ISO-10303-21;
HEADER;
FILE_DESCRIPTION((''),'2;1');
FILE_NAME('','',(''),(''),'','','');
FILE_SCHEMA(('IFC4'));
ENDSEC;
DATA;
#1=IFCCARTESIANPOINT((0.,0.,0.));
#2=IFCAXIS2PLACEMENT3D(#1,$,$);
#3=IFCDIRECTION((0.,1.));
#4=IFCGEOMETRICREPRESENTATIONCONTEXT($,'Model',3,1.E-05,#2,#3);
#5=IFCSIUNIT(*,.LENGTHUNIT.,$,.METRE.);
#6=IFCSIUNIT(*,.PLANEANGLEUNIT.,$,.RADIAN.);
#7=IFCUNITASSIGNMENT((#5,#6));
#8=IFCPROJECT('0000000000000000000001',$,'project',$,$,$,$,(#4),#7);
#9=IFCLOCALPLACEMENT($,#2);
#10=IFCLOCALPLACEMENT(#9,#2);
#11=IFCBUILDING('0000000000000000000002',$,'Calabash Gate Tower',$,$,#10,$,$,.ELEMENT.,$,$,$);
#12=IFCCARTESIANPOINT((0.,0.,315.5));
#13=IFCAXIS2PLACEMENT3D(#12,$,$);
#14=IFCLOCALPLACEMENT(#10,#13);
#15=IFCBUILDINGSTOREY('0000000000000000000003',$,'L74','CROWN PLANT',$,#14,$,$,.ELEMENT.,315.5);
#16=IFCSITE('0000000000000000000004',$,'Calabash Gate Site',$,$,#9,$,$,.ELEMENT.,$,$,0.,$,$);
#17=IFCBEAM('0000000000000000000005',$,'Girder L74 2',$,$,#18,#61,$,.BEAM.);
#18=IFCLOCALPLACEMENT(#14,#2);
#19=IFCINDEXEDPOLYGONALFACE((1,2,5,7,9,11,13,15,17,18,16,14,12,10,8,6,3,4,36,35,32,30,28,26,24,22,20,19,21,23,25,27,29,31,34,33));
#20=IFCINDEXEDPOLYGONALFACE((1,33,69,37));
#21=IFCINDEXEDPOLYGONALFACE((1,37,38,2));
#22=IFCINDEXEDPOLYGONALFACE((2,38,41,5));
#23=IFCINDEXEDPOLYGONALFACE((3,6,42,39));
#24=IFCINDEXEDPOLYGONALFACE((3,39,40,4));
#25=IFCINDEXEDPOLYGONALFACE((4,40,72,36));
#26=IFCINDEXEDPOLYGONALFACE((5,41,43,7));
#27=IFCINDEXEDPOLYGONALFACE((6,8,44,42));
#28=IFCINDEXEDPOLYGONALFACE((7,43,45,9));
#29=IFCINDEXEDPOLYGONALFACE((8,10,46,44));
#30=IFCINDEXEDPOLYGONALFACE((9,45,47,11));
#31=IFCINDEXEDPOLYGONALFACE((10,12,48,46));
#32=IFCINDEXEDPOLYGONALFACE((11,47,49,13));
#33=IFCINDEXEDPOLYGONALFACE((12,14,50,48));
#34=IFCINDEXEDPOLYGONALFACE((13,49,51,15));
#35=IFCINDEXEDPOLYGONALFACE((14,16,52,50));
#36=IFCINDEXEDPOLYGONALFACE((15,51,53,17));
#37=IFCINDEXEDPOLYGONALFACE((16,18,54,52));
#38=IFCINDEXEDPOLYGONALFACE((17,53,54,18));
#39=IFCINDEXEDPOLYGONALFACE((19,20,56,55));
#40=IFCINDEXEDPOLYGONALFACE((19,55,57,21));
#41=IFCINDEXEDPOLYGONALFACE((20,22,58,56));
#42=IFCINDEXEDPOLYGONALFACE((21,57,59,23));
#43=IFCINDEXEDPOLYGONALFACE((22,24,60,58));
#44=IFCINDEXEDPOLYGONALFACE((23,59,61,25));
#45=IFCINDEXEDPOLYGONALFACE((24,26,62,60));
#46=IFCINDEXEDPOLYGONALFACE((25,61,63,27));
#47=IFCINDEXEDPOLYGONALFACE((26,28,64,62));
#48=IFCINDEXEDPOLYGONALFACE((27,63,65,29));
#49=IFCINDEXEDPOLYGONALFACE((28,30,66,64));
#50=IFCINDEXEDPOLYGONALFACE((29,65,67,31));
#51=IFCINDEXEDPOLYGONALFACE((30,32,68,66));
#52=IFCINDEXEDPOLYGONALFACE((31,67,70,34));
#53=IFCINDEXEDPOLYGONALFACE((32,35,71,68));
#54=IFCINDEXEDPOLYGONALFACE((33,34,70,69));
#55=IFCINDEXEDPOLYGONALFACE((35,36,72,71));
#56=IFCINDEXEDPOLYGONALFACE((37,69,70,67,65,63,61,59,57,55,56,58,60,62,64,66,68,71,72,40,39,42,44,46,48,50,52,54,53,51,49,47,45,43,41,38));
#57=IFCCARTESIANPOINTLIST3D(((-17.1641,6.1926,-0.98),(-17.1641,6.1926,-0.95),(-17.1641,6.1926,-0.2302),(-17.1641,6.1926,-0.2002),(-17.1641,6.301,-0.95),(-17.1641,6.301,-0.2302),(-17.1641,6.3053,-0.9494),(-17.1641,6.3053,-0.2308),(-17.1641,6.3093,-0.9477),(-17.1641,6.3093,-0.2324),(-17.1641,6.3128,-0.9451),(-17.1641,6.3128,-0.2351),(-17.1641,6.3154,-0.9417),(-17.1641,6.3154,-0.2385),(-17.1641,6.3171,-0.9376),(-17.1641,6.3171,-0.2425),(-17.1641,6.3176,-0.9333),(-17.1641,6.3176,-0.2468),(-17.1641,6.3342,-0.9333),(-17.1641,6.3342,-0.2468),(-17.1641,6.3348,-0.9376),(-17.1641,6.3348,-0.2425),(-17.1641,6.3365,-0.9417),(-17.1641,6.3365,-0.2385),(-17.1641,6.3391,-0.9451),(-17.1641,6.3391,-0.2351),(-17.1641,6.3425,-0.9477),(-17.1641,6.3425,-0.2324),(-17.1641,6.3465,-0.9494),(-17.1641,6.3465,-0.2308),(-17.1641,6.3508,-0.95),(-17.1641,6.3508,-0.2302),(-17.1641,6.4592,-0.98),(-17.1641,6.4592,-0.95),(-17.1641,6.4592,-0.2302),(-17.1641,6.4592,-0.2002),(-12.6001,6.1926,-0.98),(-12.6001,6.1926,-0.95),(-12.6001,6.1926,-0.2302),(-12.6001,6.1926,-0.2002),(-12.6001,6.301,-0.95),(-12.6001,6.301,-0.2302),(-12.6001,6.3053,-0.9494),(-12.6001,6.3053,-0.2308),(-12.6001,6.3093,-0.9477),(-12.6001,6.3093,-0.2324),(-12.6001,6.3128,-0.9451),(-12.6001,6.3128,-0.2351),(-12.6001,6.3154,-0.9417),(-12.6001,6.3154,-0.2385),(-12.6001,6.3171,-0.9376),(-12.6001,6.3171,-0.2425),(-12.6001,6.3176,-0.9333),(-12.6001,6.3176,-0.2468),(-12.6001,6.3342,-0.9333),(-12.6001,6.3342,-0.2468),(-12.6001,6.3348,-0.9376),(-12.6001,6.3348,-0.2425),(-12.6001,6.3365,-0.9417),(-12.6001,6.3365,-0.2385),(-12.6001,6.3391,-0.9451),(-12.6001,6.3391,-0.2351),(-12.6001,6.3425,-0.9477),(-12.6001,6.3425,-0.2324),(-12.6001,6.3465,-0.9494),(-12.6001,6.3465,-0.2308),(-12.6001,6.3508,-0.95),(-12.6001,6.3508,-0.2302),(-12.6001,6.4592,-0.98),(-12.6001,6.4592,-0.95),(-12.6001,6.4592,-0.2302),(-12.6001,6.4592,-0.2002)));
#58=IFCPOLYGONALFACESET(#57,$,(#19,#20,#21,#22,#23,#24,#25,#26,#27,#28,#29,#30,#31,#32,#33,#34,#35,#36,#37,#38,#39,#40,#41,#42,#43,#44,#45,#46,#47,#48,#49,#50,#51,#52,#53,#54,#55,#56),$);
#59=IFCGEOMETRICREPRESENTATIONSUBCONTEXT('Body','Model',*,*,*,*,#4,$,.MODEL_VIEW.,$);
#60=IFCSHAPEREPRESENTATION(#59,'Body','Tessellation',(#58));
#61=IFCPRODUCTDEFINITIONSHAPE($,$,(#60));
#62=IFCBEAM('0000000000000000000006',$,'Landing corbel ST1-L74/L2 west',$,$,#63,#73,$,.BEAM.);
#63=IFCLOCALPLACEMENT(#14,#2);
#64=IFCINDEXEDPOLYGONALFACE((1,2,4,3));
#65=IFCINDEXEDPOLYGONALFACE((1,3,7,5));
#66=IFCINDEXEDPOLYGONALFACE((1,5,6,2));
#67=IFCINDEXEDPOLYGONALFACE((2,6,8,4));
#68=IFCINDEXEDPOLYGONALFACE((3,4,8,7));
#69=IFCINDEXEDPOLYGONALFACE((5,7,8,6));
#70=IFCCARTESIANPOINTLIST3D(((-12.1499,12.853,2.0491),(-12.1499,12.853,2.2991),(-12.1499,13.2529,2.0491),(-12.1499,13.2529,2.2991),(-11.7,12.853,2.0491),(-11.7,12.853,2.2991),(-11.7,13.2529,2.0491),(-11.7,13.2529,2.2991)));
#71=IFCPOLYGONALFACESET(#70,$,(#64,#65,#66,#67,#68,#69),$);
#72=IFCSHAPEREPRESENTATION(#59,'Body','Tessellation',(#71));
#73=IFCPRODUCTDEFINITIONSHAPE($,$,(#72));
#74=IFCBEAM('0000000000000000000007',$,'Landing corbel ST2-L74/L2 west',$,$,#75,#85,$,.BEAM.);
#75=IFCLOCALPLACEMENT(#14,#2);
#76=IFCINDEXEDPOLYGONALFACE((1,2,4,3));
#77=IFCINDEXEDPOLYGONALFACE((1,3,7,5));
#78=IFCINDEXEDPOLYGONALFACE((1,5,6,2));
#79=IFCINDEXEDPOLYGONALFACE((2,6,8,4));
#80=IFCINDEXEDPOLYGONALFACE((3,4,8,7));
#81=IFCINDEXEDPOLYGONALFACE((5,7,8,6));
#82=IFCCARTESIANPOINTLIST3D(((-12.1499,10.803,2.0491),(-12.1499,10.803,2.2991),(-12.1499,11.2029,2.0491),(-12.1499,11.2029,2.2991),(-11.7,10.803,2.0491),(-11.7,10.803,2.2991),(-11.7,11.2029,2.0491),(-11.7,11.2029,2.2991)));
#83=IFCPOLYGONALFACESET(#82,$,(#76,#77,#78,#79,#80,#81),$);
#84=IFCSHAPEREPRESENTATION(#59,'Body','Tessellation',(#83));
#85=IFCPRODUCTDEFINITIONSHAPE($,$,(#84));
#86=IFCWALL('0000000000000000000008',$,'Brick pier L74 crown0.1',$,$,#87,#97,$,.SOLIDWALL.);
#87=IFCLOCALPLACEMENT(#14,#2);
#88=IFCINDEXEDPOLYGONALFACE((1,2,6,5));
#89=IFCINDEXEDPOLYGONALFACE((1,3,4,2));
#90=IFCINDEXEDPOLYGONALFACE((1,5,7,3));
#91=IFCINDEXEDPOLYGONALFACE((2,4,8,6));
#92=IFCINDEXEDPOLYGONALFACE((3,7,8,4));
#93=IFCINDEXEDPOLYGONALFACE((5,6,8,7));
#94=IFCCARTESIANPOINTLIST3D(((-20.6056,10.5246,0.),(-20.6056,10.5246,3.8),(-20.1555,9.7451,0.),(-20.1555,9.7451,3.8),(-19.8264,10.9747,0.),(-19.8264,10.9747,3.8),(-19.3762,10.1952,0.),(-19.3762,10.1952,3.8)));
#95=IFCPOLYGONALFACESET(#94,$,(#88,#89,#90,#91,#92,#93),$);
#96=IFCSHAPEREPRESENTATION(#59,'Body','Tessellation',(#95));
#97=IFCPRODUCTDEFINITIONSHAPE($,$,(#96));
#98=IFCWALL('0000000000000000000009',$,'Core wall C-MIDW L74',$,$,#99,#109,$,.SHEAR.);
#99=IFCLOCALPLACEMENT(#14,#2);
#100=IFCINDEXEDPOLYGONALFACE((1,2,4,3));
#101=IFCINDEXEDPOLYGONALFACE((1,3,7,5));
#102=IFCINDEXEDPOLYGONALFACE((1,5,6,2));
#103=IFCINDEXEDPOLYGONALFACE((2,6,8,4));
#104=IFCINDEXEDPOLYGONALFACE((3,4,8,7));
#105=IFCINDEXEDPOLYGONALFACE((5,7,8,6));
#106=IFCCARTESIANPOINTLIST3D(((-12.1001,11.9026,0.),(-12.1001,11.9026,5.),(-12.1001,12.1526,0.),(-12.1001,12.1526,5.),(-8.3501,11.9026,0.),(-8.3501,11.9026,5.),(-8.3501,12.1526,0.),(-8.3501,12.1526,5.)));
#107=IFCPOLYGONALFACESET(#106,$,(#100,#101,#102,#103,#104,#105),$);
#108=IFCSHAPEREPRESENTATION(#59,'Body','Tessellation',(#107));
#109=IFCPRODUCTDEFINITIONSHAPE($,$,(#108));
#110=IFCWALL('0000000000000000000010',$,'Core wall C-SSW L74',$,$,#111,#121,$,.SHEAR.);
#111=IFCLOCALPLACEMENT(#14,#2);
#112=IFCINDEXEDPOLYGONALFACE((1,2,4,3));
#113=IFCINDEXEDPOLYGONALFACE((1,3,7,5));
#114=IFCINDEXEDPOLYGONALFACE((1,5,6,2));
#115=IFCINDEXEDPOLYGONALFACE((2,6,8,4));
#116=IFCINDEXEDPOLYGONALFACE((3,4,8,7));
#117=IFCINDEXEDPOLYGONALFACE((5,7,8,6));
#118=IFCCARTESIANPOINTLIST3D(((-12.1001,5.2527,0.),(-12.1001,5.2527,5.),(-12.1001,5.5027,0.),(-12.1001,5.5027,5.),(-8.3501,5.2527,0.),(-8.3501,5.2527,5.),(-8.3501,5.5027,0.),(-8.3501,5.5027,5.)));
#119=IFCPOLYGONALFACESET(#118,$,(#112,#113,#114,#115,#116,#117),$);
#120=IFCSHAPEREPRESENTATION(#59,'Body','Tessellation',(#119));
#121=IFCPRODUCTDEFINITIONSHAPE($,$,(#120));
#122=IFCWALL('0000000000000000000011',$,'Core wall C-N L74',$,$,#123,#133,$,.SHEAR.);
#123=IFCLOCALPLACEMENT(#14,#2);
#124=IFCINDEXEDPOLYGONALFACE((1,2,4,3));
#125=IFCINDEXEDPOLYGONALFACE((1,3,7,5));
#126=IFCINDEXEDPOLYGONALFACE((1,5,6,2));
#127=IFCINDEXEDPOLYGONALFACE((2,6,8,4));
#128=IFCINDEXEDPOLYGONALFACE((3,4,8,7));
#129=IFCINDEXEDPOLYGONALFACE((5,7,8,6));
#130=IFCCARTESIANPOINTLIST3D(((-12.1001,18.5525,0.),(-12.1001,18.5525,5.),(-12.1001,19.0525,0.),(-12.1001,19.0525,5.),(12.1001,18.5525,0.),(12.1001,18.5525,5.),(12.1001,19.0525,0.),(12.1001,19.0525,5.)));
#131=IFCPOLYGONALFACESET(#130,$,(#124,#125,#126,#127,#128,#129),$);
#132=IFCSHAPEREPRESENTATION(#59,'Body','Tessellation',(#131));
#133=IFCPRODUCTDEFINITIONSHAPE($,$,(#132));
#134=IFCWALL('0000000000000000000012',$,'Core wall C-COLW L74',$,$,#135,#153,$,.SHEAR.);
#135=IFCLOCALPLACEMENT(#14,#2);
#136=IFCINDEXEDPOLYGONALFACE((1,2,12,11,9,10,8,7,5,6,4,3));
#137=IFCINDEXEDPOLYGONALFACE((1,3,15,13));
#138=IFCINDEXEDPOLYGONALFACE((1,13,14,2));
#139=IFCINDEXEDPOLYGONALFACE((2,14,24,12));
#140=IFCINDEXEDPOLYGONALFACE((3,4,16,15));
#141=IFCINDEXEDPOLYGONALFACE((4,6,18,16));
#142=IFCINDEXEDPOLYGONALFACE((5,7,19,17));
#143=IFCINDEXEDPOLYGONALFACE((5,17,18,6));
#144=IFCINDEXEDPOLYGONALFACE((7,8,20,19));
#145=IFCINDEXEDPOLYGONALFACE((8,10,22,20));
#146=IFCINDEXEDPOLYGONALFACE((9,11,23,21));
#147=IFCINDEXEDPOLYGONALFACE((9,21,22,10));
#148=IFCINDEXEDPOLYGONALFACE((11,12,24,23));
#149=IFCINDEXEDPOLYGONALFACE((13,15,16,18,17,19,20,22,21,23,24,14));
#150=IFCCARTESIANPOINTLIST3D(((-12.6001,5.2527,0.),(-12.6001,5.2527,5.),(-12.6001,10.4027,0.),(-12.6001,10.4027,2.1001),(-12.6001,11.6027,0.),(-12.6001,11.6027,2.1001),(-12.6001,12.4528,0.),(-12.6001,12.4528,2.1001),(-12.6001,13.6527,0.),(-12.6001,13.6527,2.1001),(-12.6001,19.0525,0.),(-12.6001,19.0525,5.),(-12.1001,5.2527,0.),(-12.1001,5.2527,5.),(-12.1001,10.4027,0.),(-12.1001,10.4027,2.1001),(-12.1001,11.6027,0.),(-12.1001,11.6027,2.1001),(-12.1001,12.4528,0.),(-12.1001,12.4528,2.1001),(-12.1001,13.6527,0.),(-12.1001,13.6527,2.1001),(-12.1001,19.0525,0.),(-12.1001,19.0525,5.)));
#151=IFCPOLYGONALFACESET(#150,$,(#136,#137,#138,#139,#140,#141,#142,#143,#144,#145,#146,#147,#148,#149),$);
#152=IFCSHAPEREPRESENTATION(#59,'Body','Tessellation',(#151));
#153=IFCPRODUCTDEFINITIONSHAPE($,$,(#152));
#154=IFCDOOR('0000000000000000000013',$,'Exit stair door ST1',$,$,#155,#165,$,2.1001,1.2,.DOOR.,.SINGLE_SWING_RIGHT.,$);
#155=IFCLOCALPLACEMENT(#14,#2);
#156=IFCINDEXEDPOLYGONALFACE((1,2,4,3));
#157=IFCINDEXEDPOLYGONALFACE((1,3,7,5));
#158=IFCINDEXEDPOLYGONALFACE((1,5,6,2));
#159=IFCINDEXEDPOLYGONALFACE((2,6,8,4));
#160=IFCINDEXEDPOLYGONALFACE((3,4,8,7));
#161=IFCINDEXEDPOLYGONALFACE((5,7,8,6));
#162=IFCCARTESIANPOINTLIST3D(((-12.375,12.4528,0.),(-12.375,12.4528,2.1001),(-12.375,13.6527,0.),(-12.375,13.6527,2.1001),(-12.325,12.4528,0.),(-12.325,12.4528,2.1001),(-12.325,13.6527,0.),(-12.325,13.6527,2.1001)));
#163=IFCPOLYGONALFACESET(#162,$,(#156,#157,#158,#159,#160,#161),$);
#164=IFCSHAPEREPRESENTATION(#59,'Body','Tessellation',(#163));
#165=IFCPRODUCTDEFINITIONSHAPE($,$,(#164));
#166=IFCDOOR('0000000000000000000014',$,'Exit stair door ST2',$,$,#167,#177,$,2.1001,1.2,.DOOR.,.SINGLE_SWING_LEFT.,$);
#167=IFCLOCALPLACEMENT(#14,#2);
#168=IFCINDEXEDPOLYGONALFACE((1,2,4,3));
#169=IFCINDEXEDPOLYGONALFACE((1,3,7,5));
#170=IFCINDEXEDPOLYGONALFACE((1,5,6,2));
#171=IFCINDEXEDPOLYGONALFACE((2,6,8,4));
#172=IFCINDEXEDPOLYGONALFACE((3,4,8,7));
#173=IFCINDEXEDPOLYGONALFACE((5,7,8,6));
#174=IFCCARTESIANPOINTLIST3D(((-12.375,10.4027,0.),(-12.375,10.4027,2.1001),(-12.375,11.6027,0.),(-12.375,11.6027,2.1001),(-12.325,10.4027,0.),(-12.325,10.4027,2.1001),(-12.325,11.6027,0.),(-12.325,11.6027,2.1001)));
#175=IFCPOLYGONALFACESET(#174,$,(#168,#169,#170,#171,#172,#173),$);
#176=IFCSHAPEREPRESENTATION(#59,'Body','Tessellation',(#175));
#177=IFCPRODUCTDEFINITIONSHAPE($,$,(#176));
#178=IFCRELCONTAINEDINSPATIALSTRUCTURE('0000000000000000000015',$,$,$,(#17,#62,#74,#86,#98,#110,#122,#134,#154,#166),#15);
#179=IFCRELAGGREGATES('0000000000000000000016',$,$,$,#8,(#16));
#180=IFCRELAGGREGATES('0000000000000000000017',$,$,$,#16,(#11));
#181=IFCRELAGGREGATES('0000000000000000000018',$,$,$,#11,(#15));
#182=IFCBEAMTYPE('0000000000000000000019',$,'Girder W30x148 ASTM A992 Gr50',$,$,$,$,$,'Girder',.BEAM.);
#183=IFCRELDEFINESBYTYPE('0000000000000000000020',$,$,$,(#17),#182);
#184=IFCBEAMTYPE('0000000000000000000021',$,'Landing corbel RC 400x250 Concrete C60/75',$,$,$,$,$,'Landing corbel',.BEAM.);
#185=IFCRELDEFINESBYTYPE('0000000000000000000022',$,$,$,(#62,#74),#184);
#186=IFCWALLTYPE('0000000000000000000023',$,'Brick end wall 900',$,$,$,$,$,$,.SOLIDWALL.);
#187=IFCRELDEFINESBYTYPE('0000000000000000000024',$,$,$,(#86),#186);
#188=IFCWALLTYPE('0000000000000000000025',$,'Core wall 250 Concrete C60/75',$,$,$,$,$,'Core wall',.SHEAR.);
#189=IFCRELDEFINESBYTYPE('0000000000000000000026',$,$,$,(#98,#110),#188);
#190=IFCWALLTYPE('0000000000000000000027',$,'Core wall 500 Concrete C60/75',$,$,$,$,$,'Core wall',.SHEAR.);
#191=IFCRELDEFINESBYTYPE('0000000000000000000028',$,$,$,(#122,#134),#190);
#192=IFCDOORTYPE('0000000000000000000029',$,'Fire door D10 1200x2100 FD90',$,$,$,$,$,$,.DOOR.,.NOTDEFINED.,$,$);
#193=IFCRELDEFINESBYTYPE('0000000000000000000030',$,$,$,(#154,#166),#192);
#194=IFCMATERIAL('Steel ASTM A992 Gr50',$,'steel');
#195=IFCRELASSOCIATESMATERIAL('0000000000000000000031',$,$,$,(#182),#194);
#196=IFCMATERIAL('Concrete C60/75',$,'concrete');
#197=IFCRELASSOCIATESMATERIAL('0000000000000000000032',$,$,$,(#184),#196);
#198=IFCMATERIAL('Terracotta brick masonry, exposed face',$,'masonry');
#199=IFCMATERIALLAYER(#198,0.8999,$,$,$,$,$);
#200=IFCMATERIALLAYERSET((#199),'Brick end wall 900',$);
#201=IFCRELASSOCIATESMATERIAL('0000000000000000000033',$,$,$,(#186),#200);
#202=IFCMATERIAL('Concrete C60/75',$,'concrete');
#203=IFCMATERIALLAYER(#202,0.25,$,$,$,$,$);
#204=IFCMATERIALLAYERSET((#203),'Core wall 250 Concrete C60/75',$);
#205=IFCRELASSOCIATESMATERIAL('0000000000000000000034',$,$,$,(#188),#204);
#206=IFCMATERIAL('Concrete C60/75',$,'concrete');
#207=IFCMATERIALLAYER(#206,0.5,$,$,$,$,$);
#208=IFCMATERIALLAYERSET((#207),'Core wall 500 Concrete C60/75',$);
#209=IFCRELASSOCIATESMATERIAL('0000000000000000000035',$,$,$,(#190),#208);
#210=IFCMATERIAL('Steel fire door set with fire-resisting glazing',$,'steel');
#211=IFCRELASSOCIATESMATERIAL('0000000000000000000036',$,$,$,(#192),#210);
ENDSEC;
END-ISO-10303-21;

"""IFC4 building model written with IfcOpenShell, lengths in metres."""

from ifc_helpers import new_model, si_unit, direction, frame, frame_2d, origin, origin_2d, place, context, subcontext, project, spatial, rectangle, i_section, extrude, material, layer, layer_set, material_profile, profile_set, type_object, element, fill, save


model = new_model("IFC4")

# Units and contexts
model_context = context("Model", 3, precision=1e-05, world=origin(), true_north=direction((0.0, 1.0)))
body_context = subcontext(model_context, "Body", "Model", "MODEL_VIEW")
ifc_project = project(units=[si_unit("LENGTHUNIT", "METRE"), si_unit("PLANEANGLEUNIT", "RADIAN")], contexts=[model_context])

# Site, building, storey
site_placement = place(None, origin())
site = spatial("IfcSite", under=ifc_project, at=site_placement, Name="Calabash Gate Site", CompositionType="ELEMENT", RefElevation=0.0)
building_placement = place(site_placement, origin())
building = spatial("IfcBuilding", under=site, at=building_placement, Name="Calabash Gate Tower", CompositionType="ELEMENT")
storey_placement = place(building_placement, frame((0.0, 0.0, 315.5)))
storey = spatial("IfcBuildingStorey", under=building, at=storey_placement, Name="L74", Description="CROWN PLANT", CompositionType="ELEMENT", Elevation=315.5)

# Beams
ifc_material_1 = material(Name="Steel ASTM A992 Gr50", Category="steel")
ifc_material_profile_1 = material_profile(ifc_material_1, i_section(OverallWidth=0.2666, OverallDepth=0.7798, WebThickness=0.0166, FlangeThickness=0.03, FilletRadius=0.0166, at=origin_2d()))
ifc_profile_set_1 = profile_set([ifc_material_profile_1], Name="Steel ASTM A992 Gr50")
beam_type_1 = type_object("IfcBeamType", Name="Girder W30x148 ASTM A992 Gr50", ElementType="Girder", PredefinedType="BEAM", material=ifc_profile_set_1)
beam_1_placement = place(storey_placement, frame((-17.1641, 6.3259, -0.5901), z_axis=(1.0, 0.0, 0.0), x_axis=(0.0, 1.0, 0.0)))
element("IfcBeam", 1, at=beam_1_placement, inside=storey, type_object=beam_type_1, Name="Girder L74 2", PredefinedType="BEAM", context=body_context, shape_type="SweptSolid", body=[
    extrude(i_section(OverallWidth=0.2666, OverallDepth=0.7798, WebThickness=0.0166, FlangeThickness=0.03, FilletRadius=0.0166, at=origin_2d()), origin(), (0.0, 0.0, 1.0), 4.564),
])
ifc_material_2 = material(Name="Concrete C60/75", Category="concrete")
ifc_material_profile_2 = material_profile(ifc_material_2, rectangle(XDim=0.3999, YDim=0.25, at=origin_2d()))
ifc_profile_set_2 = profile_set([ifc_material_profile_2], Name="Concrete C60/75")
beam_type_2 = type_object("IfcBeamType", Name="Landing corbel RC 400x250 Concrete C60/75", ElementType="Landing corbel", PredefinedType="BEAM", material=ifc_profile_set_2)
for number, where, z_axis, x_axis, name in (
    (2, (-12.1499, 13.053, 2.1741), (1.0, 0.0, 0.0), (0.0, 1.0, 0.0), "Landing corbel ST1-L74/L2 west"),
    (3, (-12.1499, 11.0029, 2.1741), (1.0, 0.0, 0.0), (0.0, 1.0, 0.0), "Landing corbel ST2-L74/L2 west"),
):
    element("IfcBeam", number, at=place(storey_placement, frame(where, z_axis=z_axis, x_axis=x_axis)), inside=storey, type_object=beam_type_2, Name=name, PredefinedType="BEAM", context=body_context, shape_type="SweptSolid", body=[
        extrude(rectangle(XDim=0.3999, YDim=0.25, at=origin_2d()), origin(), (0.0, 0.0, 1.0), 0.45),
    ])

# Walls
ifc_material_3 = material(Name="Terracotta brick masonry, exposed face", Category="masonry")
ifc_layer_1 = layer(ifc_material_3, 0.8999)
ifc_layer_set_1 = layer_set([ifc_layer_1], Name="Brick end wall 900")
wall_type_1 = type_object("IfcWallType", Name="Brick end wall 900", PredefinedType="SOLIDWALL", material=ifc_layer_set_1)
wall_1_placement = place(storey_placement, frame((-20.2161, 10.7498, 0.0), z_axis=(0.0, 0.0, 1.0), x_axis=(0.500106, -0.865964, 0.0)))
element("IfcWall", 4, at=wall_1_placement, inside=storey, type_object=wall_type_1, Name="Brick pier L74 crown0.1", PredefinedType="SOLIDWALL", context=body_context, shape_type="SweptSolid", body=[
    extrude(rectangle(XDim=0.9001, YDim=0.8999, at=frame_2d((0.4502, 0.0))), origin(), (0.0, 0.0, 1.0), 3.8),
])
ifc_material_4 = material(Name="Concrete C60/75", Category="concrete")
ifc_layer_2 = layer(ifc_material_4, 0.25)
ifc_layer_set_2 = layer_set([ifc_layer_2], Name="Core wall 250 Concrete C60/75")
wall_type_2 = type_object("IfcWallType", Name="Core wall 250 Concrete C60/75", ElementType="Core wall", PredefinedType="SHEAR", material=ifc_layer_set_2)
for number, where, z_axis, x_axis, name in (
    (5, (-12.1001, 12.0276, 0.0), (0.0, 0.0, 1.0), (1.0, 0.0, 0.0), "Core wall C-MIDW L74"),
    (6, (-12.1001, 5.3777, 0.0), (0.0, 0.0, 1.0), (1.0, 0.0, 0.0), "Core wall C-SSW L74"),
):
    element("IfcWall", number, at=place(storey_placement, frame(where, z_axis=z_axis, x_axis=x_axis)), inside=storey, type_object=wall_type_2, Name=name, PredefinedType="SHEAR", context=body_context, shape_type="SweptSolid", body=[
        extrude(rectangle(XDim=3.75, YDim=0.25, at=frame_2d((1.875, 0.0))), origin(), (0.0, 0.0, 1.0), 5.0),
    ])
ifc_material_5 = material(Name="Concrete C60/75", Category="concrete")
ifc_layer_3 = layer(ifc_material_5, 0.5)
ifc_layer_set_3 = layer_set([ifc_layer_3], Name="Core wall 500 Concrete C60/75")
wall_type_3 = type_object("IfcWallType", Name="Core wall 500 Concrete C60/75", ElementType="Core wall", PredefinedType="SHEAR", material=ifc_layer_set_3)
wall_2_placement = place(storey_placement, frame((-12.1001, 18.8025, 0.0), z_axis=(0.0, 0.0, 1.0), x_axis=(1.0, 0.0, 0.0)))
element("IfcWall", 7, at=wall_2_placement, inside=storey, type_object=wall_type_3, Name="Core wall C-N L74", PredefinedType="SHEAR", context=body_context, shape_type="SweptSolid", body=[
    extrude(rectangle(XDim=24.2002, YDim=0.5, at=frame_2d((12.1001, 0.0))), origin(), (0.0, 0.0, 1.0), 5.0),
])

# Wall, openings, doors
wall_3_placement = place(storey_placement, frame((-12.3501, 5.2527, 0.0), z_axis=(0.0, 0.0, 1.0), x_axis=(0.0, 1.0, 0.0)))
wall_3 = element("IfcWall", 8, at=wall_3_placement, inside=storey, type_object=wall_type_3, Name="Core wall C-COLW L74", PredefinedType="SHEAR", context=body_context, shape_type="SweptSolid", body=[
    extrude(rectangle(XDim=13.7998, YDim=0.5, at=frame_2d((6.8999, 0.0))), origin(), (0.0, 0.0, 1.0), 5.0),
])
opening_1_placement = place(wall_3_placement, frame((7.2, 0.0, 0.0)))
opening_1 = element("IfcOpeningElement", 9, at=opening_1_placement, cuts=wall_3, PredefinedType="OPENING", context=body_context, shape_type="SweptSolid", body=[
    extrude(rectangle(XDim=1.2, YDim=2.1001, at=frame_2d((0.6001, 1.05))), frame((0.0, 0.26, 0.0), z_axis=(0.0, -1.0, 0.0), x_axis=(1.0, 0.0, 0.0)), (0.0, 0.0, 1.0), 0.52),
])
opening_2_placement = place(wall_3_placement, frame((5.1499, 0.0, 0.0)))
opening_2 = element("IfcOpeningElement", 10, at=opening_2_placement, cuts=wall_3, PredefinedType="OPENING", context=body_context, shape_type="SweptSolid", body=[
    extrude(rectangle(XDim=1.2, YDim=2.1001, at=frame_2d((0.6001, 1.05))), frame((0.0, 0.26, 0.0), z_axis=(0.0, -1.0, 0.0), x_axis=(1.0, 0.0, 0.0)), (0.0, 0.0, 1.0), 0.52),
])
ifc_material_6 = material(Name="Steel fire door set with fire-resisting glazing", Category="steel")
door_type_1 = type_object("IfcDoorType", Name="Fire door D10 1200x2100 FD90", OperationType="NOTDEFINED", PredefinedType="DOOR", material=ifc_material_6)
door_1_placement = place(opening_1_placement, origin())
door_1 = element("IfcDoor", 11, at=door_1_placement, inside=storey, type_object=door_type_1, Name="Exit stair door ST1", OperationType="SINGLE_SWING_RIGHT", OverallHeight=2.1001, OverallWidth=1.2, PredefinedType="DOOR", context=body_context, shape_type="SweptSolid", body=[
    extrude(rectangle(XDim=1.2, YDim=2.1001, at=frame_2d((0.6001, 1.05))), frame((0.0, 0.0249, 0.0), z_axis=(0.0, -1.0, 0.0), x_axis=(1.0, 0.0, 0.0)), (0.0, 0.0, 1.0), 0.05),
])
fill(opening_1, door_1)
door_2_placement = place(opening_2_placement, origin())
door_2 = element("IfcDoor", 12, at=door_2_placement, inside=storey, type_object=door_type_1, Name="Exit stair door ST2", OperationType="SINGLE_SWING_LEFT", OverallHeight=2.1001, OverallWidth=1.2, PredefinedType="DOOR", context=body_context, shape_type="SweptSolid", body=[
    extrude(rectangle(XDim=1.2, YDim=2.1001, at=frame_2d((0.6001, 1.05))), frame((0.0, 0.0249, 0.0), z_axis=(0.0, -1.0, 0.0), x_axis=(1.0, 0.0, 0.0)), (0.0, 0.0, 1.0), 0.05),
])
fill(opening_2, door_2)

save(model, "model.ifc")
